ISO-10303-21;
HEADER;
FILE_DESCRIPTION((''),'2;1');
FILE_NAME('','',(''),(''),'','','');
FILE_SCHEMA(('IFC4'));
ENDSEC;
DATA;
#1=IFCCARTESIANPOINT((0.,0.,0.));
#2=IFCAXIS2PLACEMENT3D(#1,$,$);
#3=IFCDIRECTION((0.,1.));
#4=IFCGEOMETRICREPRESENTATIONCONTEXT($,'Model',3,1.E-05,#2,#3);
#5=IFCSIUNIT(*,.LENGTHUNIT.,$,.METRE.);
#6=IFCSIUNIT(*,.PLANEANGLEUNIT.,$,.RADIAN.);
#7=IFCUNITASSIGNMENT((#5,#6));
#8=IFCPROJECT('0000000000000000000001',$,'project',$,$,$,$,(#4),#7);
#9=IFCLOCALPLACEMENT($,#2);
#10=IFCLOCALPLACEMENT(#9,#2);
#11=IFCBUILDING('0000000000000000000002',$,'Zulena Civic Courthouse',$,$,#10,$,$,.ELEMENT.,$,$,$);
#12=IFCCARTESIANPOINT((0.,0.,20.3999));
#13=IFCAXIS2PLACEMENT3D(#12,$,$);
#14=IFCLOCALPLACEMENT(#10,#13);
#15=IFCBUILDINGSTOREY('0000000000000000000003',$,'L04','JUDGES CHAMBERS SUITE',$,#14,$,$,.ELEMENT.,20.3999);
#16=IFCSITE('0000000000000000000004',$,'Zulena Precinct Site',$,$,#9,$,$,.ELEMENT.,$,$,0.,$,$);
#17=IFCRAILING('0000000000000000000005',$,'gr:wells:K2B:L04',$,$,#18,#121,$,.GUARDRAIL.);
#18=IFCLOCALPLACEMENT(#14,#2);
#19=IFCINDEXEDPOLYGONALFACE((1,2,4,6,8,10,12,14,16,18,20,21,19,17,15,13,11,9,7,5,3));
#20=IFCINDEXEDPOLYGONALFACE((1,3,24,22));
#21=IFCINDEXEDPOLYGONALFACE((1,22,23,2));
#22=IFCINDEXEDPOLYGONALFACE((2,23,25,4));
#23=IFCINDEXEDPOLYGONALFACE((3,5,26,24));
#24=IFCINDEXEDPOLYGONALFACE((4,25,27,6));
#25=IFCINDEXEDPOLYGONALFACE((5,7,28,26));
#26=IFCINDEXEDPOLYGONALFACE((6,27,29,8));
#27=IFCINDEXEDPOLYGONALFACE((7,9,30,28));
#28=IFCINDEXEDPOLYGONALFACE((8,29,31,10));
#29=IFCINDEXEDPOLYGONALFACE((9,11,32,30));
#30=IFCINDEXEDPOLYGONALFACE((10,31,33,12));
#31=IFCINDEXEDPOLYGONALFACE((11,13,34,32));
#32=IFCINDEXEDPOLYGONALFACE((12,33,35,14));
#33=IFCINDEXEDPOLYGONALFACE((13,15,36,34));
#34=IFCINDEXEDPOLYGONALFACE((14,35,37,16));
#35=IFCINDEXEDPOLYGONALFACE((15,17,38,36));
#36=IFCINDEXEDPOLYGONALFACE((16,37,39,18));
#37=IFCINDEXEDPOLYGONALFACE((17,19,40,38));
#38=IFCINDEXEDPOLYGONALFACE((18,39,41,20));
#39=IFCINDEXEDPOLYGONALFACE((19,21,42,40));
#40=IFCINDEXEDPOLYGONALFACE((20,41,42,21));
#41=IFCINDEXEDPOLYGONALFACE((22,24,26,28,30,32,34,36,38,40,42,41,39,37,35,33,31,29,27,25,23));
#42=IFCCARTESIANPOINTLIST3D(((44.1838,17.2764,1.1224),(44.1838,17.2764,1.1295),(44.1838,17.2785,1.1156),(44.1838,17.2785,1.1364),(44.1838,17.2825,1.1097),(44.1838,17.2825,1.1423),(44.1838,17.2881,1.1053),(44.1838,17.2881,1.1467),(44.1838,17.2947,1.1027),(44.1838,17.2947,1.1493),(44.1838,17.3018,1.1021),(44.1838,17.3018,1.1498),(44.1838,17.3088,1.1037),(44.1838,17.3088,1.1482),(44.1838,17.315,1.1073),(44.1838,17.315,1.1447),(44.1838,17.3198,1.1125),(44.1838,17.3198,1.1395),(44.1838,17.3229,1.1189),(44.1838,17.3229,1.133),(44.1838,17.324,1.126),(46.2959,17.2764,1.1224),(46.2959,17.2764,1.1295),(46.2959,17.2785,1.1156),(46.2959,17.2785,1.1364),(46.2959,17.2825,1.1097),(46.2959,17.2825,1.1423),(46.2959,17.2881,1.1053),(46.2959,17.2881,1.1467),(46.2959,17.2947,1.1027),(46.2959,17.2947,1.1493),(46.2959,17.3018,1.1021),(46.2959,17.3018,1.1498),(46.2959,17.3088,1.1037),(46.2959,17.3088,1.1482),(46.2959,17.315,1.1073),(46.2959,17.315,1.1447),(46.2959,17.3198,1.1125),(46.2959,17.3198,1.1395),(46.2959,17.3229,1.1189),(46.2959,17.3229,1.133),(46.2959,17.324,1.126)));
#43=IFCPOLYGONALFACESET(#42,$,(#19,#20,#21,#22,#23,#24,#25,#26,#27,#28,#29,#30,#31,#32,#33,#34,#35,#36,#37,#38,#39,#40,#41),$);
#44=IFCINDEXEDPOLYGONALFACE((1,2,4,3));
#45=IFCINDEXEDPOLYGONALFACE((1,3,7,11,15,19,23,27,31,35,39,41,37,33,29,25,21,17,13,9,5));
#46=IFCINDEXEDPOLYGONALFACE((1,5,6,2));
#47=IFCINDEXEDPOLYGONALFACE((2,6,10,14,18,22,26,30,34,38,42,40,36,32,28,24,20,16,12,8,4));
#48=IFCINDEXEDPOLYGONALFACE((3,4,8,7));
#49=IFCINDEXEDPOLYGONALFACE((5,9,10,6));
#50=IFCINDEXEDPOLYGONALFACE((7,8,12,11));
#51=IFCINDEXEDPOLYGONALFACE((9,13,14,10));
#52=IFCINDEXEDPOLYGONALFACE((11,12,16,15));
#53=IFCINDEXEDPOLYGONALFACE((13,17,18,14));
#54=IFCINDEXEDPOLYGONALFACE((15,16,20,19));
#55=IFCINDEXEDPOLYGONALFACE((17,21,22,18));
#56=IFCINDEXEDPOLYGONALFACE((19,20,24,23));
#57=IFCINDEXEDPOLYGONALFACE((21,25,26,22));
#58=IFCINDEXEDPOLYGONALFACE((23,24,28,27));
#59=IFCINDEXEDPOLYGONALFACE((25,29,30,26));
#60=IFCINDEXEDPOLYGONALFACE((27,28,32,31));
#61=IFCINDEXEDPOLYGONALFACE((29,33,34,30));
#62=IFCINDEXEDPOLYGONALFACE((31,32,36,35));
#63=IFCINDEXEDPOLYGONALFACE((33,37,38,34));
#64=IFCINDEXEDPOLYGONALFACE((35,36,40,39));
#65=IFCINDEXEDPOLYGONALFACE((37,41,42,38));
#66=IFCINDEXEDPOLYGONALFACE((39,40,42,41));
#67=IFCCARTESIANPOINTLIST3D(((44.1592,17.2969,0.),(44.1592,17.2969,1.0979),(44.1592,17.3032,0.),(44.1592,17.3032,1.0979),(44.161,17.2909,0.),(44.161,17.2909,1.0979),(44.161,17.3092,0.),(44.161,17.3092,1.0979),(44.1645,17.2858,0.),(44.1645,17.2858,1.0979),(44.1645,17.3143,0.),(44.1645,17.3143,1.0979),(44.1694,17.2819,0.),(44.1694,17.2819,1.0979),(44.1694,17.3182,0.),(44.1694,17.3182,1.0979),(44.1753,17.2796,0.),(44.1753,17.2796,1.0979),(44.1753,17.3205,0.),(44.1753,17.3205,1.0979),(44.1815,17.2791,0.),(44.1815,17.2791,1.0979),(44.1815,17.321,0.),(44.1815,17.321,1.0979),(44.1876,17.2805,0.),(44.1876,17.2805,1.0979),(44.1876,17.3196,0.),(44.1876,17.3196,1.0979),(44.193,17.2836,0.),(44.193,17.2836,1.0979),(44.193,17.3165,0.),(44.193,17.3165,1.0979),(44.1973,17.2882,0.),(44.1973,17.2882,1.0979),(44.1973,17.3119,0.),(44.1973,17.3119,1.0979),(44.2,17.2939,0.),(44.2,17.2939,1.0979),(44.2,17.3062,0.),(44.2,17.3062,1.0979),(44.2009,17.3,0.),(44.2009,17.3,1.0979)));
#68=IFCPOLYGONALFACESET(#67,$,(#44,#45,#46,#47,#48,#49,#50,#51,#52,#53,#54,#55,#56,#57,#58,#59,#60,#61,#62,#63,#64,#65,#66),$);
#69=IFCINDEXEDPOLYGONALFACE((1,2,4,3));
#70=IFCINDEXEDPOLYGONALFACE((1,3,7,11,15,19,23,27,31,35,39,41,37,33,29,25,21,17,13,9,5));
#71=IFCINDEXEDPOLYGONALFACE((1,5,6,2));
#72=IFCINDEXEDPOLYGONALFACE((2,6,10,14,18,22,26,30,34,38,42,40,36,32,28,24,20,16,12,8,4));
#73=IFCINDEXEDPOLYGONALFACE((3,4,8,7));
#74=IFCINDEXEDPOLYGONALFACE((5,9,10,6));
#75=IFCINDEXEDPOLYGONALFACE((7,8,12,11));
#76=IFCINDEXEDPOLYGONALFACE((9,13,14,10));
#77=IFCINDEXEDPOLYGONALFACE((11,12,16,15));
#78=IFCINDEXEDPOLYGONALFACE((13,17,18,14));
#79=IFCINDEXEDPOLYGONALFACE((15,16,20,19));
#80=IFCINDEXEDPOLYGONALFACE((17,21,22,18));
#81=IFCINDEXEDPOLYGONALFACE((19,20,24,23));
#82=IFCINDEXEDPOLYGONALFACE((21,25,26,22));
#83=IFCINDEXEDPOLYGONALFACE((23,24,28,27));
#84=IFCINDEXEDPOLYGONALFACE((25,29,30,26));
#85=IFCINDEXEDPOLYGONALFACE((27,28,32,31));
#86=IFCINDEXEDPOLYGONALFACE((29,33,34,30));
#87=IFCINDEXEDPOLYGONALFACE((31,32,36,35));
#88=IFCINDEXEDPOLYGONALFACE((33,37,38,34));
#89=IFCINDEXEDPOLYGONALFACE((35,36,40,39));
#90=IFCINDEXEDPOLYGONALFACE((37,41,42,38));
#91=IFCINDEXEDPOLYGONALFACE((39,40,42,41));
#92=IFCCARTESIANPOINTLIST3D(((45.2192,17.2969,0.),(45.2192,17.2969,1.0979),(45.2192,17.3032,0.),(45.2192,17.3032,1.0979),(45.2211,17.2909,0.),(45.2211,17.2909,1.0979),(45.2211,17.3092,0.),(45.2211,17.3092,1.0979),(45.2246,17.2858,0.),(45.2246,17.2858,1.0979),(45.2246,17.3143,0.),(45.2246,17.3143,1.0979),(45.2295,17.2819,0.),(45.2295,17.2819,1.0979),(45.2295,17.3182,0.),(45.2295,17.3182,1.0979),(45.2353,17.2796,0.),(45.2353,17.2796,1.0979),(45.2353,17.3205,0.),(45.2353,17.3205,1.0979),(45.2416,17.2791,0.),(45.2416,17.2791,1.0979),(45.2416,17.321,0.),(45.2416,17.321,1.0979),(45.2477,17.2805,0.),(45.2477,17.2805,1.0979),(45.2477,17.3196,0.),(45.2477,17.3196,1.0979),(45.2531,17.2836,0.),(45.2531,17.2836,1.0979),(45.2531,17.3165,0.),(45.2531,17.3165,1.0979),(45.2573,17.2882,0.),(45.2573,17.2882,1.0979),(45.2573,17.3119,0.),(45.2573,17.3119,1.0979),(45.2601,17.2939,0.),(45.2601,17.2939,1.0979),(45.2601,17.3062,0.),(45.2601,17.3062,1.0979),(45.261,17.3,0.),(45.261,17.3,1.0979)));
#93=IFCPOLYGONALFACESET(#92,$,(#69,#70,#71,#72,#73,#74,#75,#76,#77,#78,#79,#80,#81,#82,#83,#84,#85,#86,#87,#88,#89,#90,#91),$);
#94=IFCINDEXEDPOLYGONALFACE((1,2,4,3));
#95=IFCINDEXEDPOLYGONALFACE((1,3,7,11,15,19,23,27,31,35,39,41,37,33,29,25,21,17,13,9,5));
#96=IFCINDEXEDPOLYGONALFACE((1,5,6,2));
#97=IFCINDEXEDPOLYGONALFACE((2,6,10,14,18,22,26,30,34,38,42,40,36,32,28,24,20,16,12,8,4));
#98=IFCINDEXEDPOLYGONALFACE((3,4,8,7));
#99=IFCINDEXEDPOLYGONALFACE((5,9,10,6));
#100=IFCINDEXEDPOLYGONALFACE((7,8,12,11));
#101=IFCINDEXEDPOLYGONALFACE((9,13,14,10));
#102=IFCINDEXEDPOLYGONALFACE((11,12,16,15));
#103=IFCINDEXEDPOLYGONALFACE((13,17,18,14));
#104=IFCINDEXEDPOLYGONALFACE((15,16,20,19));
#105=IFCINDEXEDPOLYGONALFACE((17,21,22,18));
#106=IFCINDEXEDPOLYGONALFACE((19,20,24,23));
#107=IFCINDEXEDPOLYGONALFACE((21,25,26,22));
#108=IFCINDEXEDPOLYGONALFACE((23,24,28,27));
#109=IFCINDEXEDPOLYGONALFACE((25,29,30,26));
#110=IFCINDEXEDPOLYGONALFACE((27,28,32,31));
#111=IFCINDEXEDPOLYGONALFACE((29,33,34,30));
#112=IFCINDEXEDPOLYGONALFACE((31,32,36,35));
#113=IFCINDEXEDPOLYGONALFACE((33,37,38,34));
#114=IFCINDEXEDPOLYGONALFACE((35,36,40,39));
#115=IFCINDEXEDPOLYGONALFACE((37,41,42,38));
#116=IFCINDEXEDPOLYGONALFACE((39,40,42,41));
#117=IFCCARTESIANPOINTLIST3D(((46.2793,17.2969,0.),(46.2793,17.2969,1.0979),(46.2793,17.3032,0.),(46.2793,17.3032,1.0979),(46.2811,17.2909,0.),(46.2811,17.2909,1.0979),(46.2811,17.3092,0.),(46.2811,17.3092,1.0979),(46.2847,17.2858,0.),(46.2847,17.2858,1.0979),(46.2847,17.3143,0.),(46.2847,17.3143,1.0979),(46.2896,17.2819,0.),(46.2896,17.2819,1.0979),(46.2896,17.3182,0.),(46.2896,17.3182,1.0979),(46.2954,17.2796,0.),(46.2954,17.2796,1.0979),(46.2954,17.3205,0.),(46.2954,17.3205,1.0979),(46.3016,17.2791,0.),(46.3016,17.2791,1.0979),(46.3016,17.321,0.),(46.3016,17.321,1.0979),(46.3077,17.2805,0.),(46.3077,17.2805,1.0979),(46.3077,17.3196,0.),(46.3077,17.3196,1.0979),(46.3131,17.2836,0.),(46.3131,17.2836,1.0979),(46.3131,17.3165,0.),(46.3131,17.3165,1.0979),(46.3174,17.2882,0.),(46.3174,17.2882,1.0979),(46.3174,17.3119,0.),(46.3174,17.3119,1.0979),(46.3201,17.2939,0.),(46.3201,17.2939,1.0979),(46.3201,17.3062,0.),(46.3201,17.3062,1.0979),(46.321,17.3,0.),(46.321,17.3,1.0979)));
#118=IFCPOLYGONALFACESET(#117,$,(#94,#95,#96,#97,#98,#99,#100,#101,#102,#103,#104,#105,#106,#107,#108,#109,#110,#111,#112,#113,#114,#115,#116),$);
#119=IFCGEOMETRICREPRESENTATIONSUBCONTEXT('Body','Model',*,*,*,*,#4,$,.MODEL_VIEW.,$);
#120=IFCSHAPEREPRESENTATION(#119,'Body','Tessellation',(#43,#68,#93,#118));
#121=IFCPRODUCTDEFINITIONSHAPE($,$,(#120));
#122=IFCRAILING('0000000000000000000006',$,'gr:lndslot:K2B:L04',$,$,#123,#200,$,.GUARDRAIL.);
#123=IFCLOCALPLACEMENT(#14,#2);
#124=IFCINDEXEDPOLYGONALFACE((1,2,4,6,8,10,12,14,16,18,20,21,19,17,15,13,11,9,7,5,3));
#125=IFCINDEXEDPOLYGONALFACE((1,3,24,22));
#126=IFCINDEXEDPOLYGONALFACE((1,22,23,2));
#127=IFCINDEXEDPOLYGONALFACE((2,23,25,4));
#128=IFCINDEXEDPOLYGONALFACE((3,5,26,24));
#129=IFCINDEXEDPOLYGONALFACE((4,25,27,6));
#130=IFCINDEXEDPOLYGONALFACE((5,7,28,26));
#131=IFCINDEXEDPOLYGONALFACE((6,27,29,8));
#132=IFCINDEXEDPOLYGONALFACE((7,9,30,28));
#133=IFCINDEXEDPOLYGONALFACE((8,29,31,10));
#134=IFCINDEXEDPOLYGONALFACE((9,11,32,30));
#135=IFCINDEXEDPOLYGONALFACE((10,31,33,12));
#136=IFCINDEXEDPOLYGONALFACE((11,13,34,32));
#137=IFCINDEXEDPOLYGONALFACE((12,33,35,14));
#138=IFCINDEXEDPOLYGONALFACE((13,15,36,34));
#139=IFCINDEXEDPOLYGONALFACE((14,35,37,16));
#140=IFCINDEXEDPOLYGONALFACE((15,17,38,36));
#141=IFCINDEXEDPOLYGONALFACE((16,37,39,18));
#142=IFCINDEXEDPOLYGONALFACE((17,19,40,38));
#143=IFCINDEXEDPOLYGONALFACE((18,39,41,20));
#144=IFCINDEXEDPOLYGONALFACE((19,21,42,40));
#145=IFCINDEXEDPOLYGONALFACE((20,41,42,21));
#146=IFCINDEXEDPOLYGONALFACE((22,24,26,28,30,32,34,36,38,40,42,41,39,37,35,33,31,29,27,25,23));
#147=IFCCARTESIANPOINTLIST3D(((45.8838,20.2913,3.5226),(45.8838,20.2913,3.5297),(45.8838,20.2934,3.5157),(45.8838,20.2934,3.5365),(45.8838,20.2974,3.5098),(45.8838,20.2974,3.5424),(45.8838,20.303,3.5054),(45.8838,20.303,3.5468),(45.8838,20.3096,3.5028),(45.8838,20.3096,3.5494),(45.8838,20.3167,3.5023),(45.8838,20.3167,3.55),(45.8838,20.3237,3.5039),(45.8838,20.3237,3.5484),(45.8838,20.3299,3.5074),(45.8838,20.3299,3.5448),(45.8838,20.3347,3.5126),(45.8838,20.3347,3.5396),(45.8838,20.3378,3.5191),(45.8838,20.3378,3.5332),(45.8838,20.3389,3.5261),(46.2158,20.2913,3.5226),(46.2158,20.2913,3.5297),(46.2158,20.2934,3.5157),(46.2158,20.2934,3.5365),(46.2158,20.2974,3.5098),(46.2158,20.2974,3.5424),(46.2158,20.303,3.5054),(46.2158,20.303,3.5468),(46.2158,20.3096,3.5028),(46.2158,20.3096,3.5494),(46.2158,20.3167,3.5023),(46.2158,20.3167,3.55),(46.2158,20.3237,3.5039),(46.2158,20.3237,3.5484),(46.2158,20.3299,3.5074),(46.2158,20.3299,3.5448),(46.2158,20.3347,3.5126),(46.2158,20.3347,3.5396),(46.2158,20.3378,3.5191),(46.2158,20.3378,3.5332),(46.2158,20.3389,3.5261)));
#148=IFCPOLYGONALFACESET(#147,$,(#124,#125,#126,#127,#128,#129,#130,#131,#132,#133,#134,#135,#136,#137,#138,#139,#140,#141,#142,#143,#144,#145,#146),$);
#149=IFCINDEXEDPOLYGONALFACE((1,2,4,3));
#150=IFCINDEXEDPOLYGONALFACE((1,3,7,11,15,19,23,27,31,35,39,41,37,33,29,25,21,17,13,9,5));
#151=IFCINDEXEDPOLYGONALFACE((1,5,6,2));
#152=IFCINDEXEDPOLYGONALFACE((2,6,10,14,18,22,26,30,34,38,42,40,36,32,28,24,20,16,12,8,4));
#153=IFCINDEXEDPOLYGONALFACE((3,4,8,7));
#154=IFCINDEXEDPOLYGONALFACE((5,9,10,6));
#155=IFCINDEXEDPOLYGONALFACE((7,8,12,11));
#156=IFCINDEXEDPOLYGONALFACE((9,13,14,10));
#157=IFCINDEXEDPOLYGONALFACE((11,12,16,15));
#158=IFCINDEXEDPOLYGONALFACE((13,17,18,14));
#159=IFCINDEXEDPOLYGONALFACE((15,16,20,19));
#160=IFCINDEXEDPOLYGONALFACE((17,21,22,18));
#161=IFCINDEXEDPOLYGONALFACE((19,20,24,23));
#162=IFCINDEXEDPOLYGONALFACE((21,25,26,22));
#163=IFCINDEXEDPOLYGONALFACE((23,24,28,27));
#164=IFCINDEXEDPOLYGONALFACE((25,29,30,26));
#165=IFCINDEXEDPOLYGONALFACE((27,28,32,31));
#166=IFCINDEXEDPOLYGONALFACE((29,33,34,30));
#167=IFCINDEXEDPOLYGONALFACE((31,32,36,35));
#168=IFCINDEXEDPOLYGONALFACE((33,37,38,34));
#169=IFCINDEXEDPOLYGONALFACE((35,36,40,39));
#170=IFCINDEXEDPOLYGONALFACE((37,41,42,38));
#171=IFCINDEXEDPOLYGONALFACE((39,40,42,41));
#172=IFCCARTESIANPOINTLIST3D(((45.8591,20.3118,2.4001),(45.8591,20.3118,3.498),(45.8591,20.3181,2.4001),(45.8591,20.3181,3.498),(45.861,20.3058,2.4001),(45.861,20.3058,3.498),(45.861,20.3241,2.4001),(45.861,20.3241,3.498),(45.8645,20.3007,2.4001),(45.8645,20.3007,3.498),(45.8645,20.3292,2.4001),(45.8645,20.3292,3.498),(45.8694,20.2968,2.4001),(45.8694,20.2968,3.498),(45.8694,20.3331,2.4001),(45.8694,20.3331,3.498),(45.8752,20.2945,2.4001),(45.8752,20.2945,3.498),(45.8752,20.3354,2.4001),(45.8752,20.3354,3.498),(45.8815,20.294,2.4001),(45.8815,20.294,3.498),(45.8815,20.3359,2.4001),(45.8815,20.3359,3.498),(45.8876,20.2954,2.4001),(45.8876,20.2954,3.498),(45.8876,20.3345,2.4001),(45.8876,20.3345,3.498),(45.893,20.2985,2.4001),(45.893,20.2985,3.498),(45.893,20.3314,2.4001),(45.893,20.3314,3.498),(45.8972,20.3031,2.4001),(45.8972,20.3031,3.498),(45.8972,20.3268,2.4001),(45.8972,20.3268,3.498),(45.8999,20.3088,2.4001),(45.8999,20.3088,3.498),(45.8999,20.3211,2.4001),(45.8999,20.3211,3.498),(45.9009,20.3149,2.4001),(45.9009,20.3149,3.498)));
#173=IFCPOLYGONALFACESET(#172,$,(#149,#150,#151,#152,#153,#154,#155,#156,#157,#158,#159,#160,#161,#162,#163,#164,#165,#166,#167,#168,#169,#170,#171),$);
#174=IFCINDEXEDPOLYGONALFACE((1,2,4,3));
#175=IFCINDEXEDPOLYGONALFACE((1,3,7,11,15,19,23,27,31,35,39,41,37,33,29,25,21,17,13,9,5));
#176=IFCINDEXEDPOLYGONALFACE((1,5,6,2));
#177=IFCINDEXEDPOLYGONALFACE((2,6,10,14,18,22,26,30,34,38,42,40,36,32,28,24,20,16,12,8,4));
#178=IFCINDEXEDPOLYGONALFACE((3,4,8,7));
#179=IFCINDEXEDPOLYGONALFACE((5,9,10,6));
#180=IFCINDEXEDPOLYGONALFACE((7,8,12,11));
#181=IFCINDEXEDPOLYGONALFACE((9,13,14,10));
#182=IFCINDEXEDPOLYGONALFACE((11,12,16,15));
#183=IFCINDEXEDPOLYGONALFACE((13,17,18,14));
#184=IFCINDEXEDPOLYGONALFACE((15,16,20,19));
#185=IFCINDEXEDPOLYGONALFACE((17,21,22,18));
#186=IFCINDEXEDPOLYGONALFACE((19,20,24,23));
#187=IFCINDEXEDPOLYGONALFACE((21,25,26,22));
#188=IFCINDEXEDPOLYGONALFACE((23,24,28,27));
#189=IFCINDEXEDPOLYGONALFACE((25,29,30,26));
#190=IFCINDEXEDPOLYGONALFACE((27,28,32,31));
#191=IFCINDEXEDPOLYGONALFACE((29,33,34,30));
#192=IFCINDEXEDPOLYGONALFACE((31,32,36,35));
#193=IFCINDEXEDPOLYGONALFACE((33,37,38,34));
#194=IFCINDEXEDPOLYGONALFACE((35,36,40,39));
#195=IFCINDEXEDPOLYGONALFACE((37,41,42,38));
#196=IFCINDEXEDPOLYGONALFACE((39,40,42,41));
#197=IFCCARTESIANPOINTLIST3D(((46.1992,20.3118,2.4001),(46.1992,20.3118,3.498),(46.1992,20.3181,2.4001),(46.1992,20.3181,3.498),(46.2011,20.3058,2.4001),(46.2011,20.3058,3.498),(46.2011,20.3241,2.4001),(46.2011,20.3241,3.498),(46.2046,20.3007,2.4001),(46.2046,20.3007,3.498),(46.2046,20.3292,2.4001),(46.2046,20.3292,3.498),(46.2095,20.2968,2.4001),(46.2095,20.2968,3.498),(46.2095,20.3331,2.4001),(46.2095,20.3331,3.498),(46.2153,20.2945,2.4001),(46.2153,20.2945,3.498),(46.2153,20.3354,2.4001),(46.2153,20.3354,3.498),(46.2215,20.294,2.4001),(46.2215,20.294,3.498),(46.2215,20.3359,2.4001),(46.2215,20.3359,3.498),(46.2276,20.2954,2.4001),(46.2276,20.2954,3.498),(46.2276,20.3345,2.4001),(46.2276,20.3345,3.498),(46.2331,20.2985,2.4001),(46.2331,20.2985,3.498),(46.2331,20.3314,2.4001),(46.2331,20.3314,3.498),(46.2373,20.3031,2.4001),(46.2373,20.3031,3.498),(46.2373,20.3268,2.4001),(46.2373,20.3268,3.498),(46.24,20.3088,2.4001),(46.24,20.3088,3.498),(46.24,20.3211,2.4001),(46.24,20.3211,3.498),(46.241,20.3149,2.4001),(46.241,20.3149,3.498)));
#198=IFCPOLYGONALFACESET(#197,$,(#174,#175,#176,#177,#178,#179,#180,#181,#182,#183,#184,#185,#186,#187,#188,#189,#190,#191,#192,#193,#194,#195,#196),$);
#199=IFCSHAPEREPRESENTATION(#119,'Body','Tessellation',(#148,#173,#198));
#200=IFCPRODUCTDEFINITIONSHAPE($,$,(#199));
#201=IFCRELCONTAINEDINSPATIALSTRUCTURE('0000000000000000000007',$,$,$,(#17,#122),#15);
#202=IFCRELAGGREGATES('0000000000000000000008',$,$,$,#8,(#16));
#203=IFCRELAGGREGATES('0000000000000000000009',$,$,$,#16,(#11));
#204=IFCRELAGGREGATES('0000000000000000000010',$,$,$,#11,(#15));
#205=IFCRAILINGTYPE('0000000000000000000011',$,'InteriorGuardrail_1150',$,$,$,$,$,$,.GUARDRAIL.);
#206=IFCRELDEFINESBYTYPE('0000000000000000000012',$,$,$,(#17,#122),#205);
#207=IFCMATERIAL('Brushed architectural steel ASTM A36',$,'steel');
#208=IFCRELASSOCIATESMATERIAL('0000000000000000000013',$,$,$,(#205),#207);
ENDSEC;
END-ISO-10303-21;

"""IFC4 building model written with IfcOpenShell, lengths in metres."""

from ifc_helpers import new_model, si_unit, direction, frame, origin, origin_2d, place, context, subcontext, project, spatial, circle, extrude, material, type_object, element, save


model = new_model("IFC4")

# Units and contexts
model_context = context("Model", 3, precision=1e-05, world=origin(), true_north=direction((0.0, 1.0)))
body_context = subcontext(model_context, "Body", "Model", "MODEL_VIEW")
ifc_project = project(units=[si_unit("LENGTHUNIT", "METRE"), si_unit("PLANEANGLEUNIT", "RADIAN")], contexts=[model_context])

# Site, building, storey
site_placement = place(None, origin())
site = spatial("IfcSite", under=ifc_project, at=site_placement, Name="Zulena Precinct Site", CompositionType="ELEMENT", RefElevation=0.0)
building_placement = place(site_placement, origin())
building = spatial("IfcBuilding", under=site, at=building_placement, Name="Zulena Civic Courthouse", CompositionType="ELEMENT")
storey_placement = place(building_placement, frame((0.0, 0.0, 20.3999)))
storey = spatial("IfcBuildingStorey", under=building, at=storey_placement, Name="L04", Description="JUDGES CHAMBERS SUITE", CompositionType="ELEMENT", Elevation=20.3999)

# Railings
ifc_material_1 = material(Name="Brushed architectural steel ASTM A36", Category="steel")
railing_type_1 = type_object("IfcRailingType", Name="InteriorGuardrail_1150", PredefinedType="GUARDRAIL", material=ifc_material_1)
railing_1_placement = place(storey_placement, frame((44.1799, 17.3, 0.0)))
element("IfcRailing", 1, at=railing_1_placement, inside=storey, type_object=railing_type_1, Name="gr:wells:K2B:L04", PredefinedType="GUARDRAIL", context=body_context, shape_type="SweptSolid", body=[
    extrude(circle(Radius=0.0239, at=origin_2d()), frame((0.0039, 0.0, 1.126), z_axis=(1.0, 0.0, 0.0), x_axis=(0.0, 1.0, 0.0)), (0.0, 0.0, 1.0), 2.1121),
    extrude(circle(Radius=0.021, at=origin_2d()), origin(), (0.0, 0.0, 1.0), 1.0979),
    extrude(circle(Radius=0.021, at=origin_2d()), frame((1.0601, 0.0, 0.0)), (0.0, 0.0, 1.0), 1.0979),
    extrude(circle(Radius=0.021, at=origin_2d()), frame((2.1201, 0.0, 0.0)), (0.0, 0.0, 1.0), 1.0979),
])
railing_2_placement = place(storey_placement, frame((45.8799, 20.3149, 2.4001)))
element("IfcRailing", 2, at=railing_2_placement, inside=storey, type_object=railing_type_1, Name="gr:lndslot:K2B:L04", PredefinedType="GUARDRAIL", context=body_context, shape_type="SweptSolid", body=[
    extrude(circle(Radius=0.0239, at=origin_2d()), frame((0.0039, 0.0, 1.126), z_axis=(1.0, 0.0, 0.0), x_axis=(0.0, 1.0, 0.0)), (0.0, 0.0, 1.0), 0.332),
    extrude(circle(Radius=0.021, at=origin_2d()), origin(), (0.0, 0.0, 1.0), 1.0979),
    extrude(circle(Radius=0.021, at=origin_2d()), frame((0.3401, 0.0, 0.0)), (0.0, 0.0, 1.0), 1.0979),
])

save(model, "model.ifc")
